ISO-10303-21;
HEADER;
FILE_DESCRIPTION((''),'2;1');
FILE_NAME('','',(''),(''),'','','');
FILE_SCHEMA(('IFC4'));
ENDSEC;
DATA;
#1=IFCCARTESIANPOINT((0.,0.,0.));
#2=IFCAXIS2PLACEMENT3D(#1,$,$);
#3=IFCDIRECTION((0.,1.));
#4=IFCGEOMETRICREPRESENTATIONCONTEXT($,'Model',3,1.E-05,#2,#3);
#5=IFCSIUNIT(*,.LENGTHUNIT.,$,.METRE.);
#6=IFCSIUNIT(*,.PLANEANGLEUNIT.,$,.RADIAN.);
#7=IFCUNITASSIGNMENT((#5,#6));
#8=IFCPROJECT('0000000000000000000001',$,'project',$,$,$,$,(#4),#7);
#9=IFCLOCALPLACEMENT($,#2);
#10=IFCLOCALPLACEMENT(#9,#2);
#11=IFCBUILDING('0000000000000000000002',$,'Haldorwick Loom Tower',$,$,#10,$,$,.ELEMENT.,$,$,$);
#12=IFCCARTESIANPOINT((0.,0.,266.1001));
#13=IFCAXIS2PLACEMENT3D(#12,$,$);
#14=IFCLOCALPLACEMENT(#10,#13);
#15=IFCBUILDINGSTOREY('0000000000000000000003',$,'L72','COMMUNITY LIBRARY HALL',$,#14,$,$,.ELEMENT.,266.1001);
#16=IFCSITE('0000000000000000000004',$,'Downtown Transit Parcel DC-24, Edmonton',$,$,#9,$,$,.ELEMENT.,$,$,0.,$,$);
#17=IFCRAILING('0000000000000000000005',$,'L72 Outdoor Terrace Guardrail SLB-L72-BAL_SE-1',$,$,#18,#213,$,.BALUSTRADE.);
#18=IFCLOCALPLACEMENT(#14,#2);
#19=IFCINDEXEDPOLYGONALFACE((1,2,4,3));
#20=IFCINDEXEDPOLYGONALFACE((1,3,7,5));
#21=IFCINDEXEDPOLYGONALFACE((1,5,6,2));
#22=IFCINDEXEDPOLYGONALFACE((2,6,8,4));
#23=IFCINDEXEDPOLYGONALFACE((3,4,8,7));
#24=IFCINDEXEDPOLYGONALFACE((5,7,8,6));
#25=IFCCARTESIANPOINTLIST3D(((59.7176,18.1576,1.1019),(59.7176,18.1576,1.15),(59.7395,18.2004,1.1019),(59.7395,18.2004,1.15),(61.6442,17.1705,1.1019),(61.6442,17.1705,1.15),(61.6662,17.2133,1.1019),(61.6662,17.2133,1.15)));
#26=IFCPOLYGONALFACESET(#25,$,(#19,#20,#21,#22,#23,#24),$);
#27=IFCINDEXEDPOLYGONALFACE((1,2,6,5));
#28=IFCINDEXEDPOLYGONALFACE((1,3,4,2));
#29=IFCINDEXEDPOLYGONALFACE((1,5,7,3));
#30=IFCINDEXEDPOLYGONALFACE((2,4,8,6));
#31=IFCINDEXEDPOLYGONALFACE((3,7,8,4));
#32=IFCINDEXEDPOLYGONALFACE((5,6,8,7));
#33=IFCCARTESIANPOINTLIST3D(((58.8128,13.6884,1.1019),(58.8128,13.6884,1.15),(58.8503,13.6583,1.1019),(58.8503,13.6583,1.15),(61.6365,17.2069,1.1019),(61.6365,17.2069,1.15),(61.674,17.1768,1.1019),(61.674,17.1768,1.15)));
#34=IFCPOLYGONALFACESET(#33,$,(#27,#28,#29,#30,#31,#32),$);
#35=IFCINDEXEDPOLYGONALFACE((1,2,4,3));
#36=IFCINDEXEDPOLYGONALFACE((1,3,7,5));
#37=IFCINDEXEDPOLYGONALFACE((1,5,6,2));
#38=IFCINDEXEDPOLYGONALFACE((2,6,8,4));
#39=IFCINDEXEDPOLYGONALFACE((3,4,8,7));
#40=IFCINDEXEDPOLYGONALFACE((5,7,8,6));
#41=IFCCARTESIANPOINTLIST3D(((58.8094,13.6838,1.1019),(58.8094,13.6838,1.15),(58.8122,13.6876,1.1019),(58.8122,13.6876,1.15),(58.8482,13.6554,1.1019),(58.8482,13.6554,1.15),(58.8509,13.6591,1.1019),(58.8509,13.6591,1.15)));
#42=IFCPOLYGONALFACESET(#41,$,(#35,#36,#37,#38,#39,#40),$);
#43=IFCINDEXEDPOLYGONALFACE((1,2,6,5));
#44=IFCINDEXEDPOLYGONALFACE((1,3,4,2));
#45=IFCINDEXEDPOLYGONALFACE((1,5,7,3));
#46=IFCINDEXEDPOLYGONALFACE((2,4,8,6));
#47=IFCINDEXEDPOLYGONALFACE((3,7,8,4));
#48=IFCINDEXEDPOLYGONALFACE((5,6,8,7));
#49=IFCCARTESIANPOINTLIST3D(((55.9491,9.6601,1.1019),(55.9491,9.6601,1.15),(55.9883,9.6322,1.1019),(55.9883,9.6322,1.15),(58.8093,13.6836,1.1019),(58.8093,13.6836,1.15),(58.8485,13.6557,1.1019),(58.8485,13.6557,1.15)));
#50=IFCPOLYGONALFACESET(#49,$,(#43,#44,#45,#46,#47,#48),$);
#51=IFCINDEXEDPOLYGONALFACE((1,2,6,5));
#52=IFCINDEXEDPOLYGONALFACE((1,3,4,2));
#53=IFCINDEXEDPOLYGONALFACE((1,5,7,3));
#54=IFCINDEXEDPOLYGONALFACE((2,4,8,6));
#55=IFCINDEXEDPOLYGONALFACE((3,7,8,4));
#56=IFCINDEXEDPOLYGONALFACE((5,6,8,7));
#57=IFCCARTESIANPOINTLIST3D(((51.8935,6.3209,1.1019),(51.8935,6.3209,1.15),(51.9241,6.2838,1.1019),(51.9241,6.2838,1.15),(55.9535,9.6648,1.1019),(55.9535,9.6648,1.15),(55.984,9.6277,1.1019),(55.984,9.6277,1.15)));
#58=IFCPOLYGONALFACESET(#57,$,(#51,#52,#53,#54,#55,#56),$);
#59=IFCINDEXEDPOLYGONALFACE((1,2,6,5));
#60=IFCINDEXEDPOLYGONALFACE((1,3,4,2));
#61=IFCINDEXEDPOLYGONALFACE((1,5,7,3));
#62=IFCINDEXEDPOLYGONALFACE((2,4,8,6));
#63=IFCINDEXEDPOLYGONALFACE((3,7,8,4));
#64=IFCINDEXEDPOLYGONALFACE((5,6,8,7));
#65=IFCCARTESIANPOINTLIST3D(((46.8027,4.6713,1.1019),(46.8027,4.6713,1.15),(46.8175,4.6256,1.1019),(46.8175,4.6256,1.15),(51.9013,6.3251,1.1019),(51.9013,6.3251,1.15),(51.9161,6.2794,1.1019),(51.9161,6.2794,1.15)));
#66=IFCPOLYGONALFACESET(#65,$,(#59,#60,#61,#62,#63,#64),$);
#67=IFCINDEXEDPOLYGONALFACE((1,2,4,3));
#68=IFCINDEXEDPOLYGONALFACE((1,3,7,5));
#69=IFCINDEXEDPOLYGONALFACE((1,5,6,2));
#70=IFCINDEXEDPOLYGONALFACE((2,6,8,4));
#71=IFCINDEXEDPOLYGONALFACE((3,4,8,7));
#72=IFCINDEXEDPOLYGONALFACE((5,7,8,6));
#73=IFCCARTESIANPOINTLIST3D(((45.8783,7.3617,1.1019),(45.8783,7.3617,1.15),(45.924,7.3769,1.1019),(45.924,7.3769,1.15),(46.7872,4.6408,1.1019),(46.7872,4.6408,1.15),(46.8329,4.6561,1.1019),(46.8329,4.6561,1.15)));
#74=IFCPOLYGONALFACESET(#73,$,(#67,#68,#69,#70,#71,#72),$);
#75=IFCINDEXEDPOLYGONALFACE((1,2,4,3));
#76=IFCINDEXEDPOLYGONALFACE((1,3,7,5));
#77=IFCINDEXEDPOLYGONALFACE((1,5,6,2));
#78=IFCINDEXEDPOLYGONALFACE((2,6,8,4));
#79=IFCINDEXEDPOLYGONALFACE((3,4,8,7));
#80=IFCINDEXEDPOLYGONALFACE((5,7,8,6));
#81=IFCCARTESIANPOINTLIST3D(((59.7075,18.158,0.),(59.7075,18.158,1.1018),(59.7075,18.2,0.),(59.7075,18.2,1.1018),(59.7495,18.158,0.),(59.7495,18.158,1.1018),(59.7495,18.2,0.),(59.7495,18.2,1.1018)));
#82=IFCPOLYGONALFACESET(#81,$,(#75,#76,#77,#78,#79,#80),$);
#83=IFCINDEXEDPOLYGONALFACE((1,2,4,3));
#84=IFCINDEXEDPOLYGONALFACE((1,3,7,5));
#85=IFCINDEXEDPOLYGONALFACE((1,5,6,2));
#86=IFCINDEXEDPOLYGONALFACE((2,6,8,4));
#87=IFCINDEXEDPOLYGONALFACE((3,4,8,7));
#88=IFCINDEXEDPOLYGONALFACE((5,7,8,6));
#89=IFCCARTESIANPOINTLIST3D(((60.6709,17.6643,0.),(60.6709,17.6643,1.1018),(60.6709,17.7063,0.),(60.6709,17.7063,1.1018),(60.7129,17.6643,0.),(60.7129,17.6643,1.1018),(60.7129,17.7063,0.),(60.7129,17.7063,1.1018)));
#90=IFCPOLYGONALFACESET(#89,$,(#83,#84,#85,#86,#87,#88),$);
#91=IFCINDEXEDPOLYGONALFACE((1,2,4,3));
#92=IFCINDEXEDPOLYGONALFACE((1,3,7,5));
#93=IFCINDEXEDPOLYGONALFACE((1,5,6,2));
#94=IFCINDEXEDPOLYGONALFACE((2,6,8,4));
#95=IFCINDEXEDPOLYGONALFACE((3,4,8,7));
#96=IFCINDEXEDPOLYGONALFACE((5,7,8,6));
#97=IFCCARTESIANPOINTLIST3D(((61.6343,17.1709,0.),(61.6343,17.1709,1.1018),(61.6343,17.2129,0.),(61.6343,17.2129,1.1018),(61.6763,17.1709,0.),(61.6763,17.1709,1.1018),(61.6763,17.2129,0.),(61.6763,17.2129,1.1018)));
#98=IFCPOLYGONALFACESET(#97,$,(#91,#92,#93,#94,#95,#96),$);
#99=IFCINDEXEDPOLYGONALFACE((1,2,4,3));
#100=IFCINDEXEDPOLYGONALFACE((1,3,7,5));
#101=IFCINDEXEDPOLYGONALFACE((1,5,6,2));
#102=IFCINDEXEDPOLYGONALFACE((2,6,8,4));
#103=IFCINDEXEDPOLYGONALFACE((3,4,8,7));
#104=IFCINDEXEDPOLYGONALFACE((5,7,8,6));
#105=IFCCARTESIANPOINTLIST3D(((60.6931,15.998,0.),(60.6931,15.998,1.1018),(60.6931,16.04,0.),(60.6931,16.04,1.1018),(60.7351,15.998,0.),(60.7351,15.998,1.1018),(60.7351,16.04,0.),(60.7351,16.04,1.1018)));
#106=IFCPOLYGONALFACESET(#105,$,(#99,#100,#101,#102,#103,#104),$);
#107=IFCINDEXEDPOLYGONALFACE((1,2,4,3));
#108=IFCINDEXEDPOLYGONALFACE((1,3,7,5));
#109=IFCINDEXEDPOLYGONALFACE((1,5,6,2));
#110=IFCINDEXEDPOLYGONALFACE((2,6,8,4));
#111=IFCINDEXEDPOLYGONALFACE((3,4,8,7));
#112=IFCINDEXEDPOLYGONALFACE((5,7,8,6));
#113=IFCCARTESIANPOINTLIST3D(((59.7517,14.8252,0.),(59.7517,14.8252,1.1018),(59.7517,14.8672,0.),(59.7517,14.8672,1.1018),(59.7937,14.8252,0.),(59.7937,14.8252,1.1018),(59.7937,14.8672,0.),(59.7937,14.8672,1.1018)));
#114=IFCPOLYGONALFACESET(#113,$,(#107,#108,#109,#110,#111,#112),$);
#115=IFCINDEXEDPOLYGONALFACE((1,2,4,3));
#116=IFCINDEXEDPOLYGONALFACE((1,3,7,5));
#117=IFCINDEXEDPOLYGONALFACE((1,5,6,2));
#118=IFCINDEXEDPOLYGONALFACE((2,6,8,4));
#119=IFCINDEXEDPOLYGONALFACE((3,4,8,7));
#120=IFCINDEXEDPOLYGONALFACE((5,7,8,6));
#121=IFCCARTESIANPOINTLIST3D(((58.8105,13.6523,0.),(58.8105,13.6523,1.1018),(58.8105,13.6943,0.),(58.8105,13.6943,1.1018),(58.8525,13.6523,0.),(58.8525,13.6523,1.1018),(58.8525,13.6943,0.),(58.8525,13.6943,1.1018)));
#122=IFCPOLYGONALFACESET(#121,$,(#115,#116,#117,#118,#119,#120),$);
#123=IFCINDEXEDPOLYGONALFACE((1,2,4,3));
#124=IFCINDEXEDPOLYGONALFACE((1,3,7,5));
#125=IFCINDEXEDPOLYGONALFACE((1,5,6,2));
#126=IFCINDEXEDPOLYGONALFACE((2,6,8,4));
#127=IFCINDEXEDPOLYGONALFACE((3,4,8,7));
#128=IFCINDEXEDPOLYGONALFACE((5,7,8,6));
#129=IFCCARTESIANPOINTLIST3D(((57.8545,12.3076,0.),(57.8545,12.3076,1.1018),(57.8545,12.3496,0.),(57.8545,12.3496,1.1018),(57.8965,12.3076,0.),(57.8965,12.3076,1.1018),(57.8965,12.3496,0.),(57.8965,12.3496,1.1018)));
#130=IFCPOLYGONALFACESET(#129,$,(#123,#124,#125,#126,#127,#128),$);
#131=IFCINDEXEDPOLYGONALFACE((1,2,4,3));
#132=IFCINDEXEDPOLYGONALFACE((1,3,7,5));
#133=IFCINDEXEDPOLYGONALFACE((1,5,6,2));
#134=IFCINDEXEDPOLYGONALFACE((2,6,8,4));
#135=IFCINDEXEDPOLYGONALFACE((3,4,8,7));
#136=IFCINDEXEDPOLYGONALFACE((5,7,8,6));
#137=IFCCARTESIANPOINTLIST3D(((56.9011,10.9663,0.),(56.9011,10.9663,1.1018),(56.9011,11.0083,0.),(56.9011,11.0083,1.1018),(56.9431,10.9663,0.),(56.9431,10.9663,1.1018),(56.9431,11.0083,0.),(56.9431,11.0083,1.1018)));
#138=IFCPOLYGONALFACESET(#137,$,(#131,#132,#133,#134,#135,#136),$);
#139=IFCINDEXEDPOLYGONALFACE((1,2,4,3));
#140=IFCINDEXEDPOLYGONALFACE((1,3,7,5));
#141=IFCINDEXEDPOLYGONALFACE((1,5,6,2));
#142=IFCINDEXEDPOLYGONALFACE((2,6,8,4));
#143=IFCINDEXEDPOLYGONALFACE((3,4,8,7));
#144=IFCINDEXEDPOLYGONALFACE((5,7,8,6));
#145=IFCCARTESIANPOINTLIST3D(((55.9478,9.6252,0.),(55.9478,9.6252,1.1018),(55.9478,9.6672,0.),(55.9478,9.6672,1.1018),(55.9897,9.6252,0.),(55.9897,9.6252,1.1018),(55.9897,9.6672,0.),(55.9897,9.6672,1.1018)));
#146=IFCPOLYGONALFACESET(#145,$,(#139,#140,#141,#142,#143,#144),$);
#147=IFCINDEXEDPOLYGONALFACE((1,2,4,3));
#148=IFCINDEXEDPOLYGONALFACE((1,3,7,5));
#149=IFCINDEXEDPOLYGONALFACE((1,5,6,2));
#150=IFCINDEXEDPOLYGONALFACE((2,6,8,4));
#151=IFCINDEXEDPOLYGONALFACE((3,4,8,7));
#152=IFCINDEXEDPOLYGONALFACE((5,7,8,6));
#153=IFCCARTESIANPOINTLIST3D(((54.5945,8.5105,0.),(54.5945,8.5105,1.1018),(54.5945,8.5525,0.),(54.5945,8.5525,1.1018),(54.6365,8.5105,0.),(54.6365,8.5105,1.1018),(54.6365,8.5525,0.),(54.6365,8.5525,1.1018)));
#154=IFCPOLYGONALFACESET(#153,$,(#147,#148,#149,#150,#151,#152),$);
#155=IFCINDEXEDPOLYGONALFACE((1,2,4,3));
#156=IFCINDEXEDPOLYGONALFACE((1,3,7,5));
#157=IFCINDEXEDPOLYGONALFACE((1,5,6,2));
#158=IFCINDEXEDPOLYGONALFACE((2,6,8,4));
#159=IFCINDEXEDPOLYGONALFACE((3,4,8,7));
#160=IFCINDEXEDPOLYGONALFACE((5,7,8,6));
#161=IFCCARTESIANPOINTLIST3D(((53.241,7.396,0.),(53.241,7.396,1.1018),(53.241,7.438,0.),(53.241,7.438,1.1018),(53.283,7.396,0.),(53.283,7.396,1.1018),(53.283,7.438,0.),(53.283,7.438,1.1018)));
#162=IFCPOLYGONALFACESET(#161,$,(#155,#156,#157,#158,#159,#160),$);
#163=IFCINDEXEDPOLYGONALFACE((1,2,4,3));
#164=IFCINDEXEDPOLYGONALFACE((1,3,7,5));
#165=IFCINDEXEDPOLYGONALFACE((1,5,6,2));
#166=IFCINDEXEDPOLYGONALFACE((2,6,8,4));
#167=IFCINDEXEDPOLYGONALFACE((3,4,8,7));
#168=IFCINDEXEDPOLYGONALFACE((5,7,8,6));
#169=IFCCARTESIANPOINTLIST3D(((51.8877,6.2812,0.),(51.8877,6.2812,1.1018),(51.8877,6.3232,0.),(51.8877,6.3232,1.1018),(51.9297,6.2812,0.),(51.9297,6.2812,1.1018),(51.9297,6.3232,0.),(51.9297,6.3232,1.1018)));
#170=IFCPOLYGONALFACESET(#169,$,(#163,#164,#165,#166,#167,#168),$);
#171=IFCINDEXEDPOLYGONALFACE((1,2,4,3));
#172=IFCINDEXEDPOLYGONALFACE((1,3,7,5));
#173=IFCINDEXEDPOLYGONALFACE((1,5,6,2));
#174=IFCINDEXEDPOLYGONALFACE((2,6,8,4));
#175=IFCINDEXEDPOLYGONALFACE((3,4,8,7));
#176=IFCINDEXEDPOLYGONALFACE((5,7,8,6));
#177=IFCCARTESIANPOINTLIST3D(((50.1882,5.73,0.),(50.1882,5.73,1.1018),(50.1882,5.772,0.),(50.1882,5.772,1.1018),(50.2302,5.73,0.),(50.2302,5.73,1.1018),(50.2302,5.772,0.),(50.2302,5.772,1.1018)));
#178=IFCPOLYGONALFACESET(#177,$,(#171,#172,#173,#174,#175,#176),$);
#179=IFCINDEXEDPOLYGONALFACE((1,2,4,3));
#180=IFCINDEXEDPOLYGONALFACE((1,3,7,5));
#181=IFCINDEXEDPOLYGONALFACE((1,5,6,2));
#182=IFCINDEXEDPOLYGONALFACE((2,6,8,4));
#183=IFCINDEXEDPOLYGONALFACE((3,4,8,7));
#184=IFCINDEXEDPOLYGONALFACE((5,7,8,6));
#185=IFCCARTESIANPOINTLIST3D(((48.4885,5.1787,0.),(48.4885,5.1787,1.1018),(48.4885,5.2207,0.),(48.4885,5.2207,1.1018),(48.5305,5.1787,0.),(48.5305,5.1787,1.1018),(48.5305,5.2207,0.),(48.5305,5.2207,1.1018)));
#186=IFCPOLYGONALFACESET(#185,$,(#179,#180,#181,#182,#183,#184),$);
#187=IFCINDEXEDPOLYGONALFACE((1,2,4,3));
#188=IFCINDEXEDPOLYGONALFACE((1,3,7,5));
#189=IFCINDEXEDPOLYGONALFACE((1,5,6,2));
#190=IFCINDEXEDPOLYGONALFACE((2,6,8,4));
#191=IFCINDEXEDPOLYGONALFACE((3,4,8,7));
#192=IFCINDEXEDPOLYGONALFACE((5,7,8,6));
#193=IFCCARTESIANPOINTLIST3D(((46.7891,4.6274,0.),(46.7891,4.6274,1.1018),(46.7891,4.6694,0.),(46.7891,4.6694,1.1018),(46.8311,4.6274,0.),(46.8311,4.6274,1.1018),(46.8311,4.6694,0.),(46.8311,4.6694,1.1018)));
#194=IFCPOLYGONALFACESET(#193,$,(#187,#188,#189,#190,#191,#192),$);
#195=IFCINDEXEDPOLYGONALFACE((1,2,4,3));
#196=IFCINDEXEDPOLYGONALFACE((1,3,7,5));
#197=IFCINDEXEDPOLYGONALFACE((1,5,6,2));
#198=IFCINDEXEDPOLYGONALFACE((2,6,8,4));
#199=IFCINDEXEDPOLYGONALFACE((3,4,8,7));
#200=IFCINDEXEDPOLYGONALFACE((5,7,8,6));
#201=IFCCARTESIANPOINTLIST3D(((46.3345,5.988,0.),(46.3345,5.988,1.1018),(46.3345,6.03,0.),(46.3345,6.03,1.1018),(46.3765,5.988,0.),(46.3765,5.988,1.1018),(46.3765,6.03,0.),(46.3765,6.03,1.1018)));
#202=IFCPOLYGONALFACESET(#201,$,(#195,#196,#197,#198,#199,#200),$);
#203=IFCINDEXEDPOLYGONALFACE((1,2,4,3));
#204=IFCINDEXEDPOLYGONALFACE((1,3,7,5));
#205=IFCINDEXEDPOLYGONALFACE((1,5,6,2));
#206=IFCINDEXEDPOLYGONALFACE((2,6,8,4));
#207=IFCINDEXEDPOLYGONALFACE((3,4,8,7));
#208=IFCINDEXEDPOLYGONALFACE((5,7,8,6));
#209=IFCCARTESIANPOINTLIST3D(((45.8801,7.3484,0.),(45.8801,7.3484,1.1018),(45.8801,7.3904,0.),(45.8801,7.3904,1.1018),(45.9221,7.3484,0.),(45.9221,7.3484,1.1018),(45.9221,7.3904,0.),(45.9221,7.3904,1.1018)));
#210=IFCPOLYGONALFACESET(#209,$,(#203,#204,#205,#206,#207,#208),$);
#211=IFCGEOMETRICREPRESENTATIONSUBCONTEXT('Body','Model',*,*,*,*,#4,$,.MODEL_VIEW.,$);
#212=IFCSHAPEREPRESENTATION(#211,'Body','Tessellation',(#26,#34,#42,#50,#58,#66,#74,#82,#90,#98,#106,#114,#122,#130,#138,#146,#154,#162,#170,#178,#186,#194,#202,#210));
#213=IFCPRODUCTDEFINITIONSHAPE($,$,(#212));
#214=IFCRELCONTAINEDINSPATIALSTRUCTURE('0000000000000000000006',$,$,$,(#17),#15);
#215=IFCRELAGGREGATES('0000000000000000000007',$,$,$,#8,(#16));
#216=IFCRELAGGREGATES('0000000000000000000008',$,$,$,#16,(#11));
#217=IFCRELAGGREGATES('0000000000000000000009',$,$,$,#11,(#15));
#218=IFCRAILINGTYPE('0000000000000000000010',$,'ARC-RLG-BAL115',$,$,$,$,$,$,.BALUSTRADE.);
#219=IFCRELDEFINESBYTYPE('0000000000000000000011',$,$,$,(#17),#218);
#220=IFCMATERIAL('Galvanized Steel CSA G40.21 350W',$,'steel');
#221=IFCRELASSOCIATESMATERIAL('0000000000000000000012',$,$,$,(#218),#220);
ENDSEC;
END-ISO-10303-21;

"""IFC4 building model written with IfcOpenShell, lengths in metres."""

from ifc_helpers import new_model, si_unit, direction, frame, origin, origin_2d, place, context, subcontext, project, spatial, rectangle, extrude, material, type_object, element, save


model = new_model("IFC4")

# Units and contexts
model_context = context("Model", 3, precision=1e-05, world=origin(), true_north=direction((0.0, 1.0)))
body_context = subcontext(model_context, "Body", "Model", "MODEL_VIEW")
ifc_project = project(units=[si_unit("LENGTHUNIT", "METRE"), si_unit("PLANEANGLEUNIT", "RADIAN")], contexts=[model_context])

# Site, building, storey
site_placement = place(None, origin())
site = spatial("IfcSite", under=ifc_project, at=site_placement, Name="Downtown Transit Parcel DC-24, Edmonton", CompositionType="ELEMENT", RefElevation=0.0)
building_placement = place(site_placement, origin())
building = spatial("IfcBuilding", under=site, at=building_placement, Name="Haldorwick Loom Tower", CompositionType="ELEMENT")
storey_placement = place(building_placement, frame((0.0, 0.0, 266.1001)))
storey = spatial("IfcBuildingStorey", under=building, at=storey_placement, Name="L72", Description="COMMUNITY LIBRARY HALL", CompositionType="ELEMENT", Elevation=266.1001)

# Railing
ifc_material_1 = material(Name="Galvanized Steel CSA G40.21 350W", Category="steel")
railing_type = type_object("IfcRailingType", Name="ARC-RLG-BAL115", PredefinedType="BALUSTRADE", material=ifc_material_1)
railing_placement = place(storey_placement, frame((59.7285, 18.179, 0.0)))
element("IfcRailing", 1, at=railing_placement, inside=storey, type_object=railing_type, Name="L72 Outdoor Terrace Guardrail SLB-L72-BAL_SE-1", PredefinedType="BALUSTRADE", context=body_context, shape_type="SweptSolid", body=[
    extrude(rectangle(XDim=0.0481, YDim=0.0481, at=origin_2d()), frame((0.0, 0.0, 1.126), z_axis=(0.890009, -0.455943, 0.0), x_axis=(0.455943, 0.890009, 0.0)), (0.0, 0.0, 1.0), 2.1648),
    extrude(rectangle(XDim=0.0481, YDim=0.0481, at=origin_2d()), frame((1.9268, -0.9871, 1.126), z_axis=(-0.625895, -0.779907, 0.0), x_axis=(0.779907, -0.625895, 0.0)), (0.0, 0.0, 1.0), 4.5115),
    extrude(rectangle(XDim=0.0481, YDim=0.0481, at=origin_2d()), frame((-0.897, -4.5056, 1.126), z_axis=(-0.591364, -0.806405, 0.0), x_axis=(0.806405, -0.591364, 0.0)), (0.0, 0.0, 1.0), 0.0046),
    extrude(rectangle(XDim=0.0481, YDim=0.0481, at=origin_2d()), frame((-0.8997, -4.5093, 1.126), z_axis=(-0.579389, -0.815051, 0.0), x_axis=(0.815051, -0.579389, 0.0)), (0.0, 0.0, 1.0), 4.9365),
    extrude(rectangle(XDim=0.0481, YDim=0.0481, at=origin_2d()), frame((-3.7598, -8.5327, 1.126), z_axis=(-0.771891, -0.635754, 0.0), x_axis=(0.635754, -0.771891, 0.0)), (0.0, 0.0, 1.0), 5.2598),
    extrude(rectangle(XDim=0.0481, YDim=0.0481, at=origin_2d()), frame((-7.8198, -11.8767, 1.126), z_axis=(-0.951212, -0.308538, 0.0), x_axis=(0.308538, -0.951212, 0.0)), (0.0, 0.0, 1.0), 5.3601),
    extrude(rectangle(XDim=0.0481, YDim=0.0481, at=origin_2d()), frame((-12.9185, -13.5305, 1.126), z_axis=(-0.31684, 0.948479, 0.0), x_axis=(-0.948479, -0.31684, 0.0)), (0.0, 0.0, 1.0), 2.8687),
    extrude(rectangle(XDim=0.042, YDim=0.042, at=origin_2d()), origin(), (0.0, 0.0, 1.0), 1.1018),
    extrude(rectangle(XDim=0.042, YDim=0.042, at=origin_2d()), frame((0.9634, -0.4937, 0.0)), (0.0, 0.0, 1.0), 1.1018),
    extrude(rectangle(XDim=0.042, YDim=0.042, at=origin_2d()), frame((1.9268, -0.9871, 0.0)), (0.0, 0.0, 1.0), 1.1018),
    extrude(rectangle(XDim=0.042, YDim=0.042, at=origin_2d()), frame((0.9856, -2.1599, 0.0)), (0.0, 0.0, 1.0), 1.1018),
    extrude(rectangle(XDim=0.042, YDim=0.042, at=origin_2d()), frame((0.0442, -3.3328, 0.0)), (0.0, 0.0, 1.0), 1.1018),
    extrude(rectangle(XDim=0.042, YDim=0.042, at=origin_2d()), frame((-0.897, -4.5056, 0.0)), (0.0, 0.0, 1.0), 1.1018),
    extrude(rectangle(XDim=0.042, YDim=0.042, at=origin_2d()), frame((-1.853, -5.8503, 0.0)), (0.0, 0.0, 1.0), 1.1018),
    extrude(rectangle(XDim=0.042, YDim=0.042, at=origin_2d()), frame((-2.8064, -7.1917, 0.0)), (0.0, 0.0, 1.0), 1.1018),
    extrude(rectangle(XDim=0.042, YDim=0.042, at=origin_2d()), frame((-3.7598, -8.5327, 0.0)), (0.0, 0.0, 1.0), 1.1018),
    extrude(rectangle(XDim=0.042, YDim=0.042, at=origin_2d()), frame((-5.113, -9.6475, 0.0)), (0.0, 0.0, 1.0), 1.1018),
    extrude(rectangle(XDim=0.042, YDim=0.042, at=origin_2d()), frame((-6.4666, -10.762, 0.0)), (0.0, 0.0, 1.0), 1.1018),
    extrude(rectangle(XDim=0.042, YDim=0.042, at=origin_2d()), frame((-7.8198, -11.8767, 0.0)), (0.0, 0.0, 1.0), 1.1018),
    extrude(rectangle(XDim=0.042, YDim=0.042, at=origin_2d()), frame((-9.5193, -12.428, 0.0)), (0.0, 0.0, 1.0), 1.1018),
    extrude(rectangle(XDim=0.042, YDim=0.042, at=origin_2d()), frame((-11.219, -12.9792, 0.0)), (0.0, 0.0, 1.0), 1.1018),
    extrude(rectangle(XDim=0.042, YDim=0.042, at=origin_2d()), frame((-12.9185, -13.5305, 0.0)), (0.0, 0.0, 1.0), 1.1018),
    extrude(rectangle(XDim=0.042, YDim=0.042, at=origin_2d()), frame((-13.373, -12.1699, 0.0)), (0.0, 0.0, 1.0), 1.1018),
    extrude(rectangle(XDim=0.042, YDim=0.042, at=origin_2d()), frame((-13.8274, -10.8096, 0.0)), (0.0, 0.0, 1.0), 1.1018),
])

save(model, "model.ifc")
